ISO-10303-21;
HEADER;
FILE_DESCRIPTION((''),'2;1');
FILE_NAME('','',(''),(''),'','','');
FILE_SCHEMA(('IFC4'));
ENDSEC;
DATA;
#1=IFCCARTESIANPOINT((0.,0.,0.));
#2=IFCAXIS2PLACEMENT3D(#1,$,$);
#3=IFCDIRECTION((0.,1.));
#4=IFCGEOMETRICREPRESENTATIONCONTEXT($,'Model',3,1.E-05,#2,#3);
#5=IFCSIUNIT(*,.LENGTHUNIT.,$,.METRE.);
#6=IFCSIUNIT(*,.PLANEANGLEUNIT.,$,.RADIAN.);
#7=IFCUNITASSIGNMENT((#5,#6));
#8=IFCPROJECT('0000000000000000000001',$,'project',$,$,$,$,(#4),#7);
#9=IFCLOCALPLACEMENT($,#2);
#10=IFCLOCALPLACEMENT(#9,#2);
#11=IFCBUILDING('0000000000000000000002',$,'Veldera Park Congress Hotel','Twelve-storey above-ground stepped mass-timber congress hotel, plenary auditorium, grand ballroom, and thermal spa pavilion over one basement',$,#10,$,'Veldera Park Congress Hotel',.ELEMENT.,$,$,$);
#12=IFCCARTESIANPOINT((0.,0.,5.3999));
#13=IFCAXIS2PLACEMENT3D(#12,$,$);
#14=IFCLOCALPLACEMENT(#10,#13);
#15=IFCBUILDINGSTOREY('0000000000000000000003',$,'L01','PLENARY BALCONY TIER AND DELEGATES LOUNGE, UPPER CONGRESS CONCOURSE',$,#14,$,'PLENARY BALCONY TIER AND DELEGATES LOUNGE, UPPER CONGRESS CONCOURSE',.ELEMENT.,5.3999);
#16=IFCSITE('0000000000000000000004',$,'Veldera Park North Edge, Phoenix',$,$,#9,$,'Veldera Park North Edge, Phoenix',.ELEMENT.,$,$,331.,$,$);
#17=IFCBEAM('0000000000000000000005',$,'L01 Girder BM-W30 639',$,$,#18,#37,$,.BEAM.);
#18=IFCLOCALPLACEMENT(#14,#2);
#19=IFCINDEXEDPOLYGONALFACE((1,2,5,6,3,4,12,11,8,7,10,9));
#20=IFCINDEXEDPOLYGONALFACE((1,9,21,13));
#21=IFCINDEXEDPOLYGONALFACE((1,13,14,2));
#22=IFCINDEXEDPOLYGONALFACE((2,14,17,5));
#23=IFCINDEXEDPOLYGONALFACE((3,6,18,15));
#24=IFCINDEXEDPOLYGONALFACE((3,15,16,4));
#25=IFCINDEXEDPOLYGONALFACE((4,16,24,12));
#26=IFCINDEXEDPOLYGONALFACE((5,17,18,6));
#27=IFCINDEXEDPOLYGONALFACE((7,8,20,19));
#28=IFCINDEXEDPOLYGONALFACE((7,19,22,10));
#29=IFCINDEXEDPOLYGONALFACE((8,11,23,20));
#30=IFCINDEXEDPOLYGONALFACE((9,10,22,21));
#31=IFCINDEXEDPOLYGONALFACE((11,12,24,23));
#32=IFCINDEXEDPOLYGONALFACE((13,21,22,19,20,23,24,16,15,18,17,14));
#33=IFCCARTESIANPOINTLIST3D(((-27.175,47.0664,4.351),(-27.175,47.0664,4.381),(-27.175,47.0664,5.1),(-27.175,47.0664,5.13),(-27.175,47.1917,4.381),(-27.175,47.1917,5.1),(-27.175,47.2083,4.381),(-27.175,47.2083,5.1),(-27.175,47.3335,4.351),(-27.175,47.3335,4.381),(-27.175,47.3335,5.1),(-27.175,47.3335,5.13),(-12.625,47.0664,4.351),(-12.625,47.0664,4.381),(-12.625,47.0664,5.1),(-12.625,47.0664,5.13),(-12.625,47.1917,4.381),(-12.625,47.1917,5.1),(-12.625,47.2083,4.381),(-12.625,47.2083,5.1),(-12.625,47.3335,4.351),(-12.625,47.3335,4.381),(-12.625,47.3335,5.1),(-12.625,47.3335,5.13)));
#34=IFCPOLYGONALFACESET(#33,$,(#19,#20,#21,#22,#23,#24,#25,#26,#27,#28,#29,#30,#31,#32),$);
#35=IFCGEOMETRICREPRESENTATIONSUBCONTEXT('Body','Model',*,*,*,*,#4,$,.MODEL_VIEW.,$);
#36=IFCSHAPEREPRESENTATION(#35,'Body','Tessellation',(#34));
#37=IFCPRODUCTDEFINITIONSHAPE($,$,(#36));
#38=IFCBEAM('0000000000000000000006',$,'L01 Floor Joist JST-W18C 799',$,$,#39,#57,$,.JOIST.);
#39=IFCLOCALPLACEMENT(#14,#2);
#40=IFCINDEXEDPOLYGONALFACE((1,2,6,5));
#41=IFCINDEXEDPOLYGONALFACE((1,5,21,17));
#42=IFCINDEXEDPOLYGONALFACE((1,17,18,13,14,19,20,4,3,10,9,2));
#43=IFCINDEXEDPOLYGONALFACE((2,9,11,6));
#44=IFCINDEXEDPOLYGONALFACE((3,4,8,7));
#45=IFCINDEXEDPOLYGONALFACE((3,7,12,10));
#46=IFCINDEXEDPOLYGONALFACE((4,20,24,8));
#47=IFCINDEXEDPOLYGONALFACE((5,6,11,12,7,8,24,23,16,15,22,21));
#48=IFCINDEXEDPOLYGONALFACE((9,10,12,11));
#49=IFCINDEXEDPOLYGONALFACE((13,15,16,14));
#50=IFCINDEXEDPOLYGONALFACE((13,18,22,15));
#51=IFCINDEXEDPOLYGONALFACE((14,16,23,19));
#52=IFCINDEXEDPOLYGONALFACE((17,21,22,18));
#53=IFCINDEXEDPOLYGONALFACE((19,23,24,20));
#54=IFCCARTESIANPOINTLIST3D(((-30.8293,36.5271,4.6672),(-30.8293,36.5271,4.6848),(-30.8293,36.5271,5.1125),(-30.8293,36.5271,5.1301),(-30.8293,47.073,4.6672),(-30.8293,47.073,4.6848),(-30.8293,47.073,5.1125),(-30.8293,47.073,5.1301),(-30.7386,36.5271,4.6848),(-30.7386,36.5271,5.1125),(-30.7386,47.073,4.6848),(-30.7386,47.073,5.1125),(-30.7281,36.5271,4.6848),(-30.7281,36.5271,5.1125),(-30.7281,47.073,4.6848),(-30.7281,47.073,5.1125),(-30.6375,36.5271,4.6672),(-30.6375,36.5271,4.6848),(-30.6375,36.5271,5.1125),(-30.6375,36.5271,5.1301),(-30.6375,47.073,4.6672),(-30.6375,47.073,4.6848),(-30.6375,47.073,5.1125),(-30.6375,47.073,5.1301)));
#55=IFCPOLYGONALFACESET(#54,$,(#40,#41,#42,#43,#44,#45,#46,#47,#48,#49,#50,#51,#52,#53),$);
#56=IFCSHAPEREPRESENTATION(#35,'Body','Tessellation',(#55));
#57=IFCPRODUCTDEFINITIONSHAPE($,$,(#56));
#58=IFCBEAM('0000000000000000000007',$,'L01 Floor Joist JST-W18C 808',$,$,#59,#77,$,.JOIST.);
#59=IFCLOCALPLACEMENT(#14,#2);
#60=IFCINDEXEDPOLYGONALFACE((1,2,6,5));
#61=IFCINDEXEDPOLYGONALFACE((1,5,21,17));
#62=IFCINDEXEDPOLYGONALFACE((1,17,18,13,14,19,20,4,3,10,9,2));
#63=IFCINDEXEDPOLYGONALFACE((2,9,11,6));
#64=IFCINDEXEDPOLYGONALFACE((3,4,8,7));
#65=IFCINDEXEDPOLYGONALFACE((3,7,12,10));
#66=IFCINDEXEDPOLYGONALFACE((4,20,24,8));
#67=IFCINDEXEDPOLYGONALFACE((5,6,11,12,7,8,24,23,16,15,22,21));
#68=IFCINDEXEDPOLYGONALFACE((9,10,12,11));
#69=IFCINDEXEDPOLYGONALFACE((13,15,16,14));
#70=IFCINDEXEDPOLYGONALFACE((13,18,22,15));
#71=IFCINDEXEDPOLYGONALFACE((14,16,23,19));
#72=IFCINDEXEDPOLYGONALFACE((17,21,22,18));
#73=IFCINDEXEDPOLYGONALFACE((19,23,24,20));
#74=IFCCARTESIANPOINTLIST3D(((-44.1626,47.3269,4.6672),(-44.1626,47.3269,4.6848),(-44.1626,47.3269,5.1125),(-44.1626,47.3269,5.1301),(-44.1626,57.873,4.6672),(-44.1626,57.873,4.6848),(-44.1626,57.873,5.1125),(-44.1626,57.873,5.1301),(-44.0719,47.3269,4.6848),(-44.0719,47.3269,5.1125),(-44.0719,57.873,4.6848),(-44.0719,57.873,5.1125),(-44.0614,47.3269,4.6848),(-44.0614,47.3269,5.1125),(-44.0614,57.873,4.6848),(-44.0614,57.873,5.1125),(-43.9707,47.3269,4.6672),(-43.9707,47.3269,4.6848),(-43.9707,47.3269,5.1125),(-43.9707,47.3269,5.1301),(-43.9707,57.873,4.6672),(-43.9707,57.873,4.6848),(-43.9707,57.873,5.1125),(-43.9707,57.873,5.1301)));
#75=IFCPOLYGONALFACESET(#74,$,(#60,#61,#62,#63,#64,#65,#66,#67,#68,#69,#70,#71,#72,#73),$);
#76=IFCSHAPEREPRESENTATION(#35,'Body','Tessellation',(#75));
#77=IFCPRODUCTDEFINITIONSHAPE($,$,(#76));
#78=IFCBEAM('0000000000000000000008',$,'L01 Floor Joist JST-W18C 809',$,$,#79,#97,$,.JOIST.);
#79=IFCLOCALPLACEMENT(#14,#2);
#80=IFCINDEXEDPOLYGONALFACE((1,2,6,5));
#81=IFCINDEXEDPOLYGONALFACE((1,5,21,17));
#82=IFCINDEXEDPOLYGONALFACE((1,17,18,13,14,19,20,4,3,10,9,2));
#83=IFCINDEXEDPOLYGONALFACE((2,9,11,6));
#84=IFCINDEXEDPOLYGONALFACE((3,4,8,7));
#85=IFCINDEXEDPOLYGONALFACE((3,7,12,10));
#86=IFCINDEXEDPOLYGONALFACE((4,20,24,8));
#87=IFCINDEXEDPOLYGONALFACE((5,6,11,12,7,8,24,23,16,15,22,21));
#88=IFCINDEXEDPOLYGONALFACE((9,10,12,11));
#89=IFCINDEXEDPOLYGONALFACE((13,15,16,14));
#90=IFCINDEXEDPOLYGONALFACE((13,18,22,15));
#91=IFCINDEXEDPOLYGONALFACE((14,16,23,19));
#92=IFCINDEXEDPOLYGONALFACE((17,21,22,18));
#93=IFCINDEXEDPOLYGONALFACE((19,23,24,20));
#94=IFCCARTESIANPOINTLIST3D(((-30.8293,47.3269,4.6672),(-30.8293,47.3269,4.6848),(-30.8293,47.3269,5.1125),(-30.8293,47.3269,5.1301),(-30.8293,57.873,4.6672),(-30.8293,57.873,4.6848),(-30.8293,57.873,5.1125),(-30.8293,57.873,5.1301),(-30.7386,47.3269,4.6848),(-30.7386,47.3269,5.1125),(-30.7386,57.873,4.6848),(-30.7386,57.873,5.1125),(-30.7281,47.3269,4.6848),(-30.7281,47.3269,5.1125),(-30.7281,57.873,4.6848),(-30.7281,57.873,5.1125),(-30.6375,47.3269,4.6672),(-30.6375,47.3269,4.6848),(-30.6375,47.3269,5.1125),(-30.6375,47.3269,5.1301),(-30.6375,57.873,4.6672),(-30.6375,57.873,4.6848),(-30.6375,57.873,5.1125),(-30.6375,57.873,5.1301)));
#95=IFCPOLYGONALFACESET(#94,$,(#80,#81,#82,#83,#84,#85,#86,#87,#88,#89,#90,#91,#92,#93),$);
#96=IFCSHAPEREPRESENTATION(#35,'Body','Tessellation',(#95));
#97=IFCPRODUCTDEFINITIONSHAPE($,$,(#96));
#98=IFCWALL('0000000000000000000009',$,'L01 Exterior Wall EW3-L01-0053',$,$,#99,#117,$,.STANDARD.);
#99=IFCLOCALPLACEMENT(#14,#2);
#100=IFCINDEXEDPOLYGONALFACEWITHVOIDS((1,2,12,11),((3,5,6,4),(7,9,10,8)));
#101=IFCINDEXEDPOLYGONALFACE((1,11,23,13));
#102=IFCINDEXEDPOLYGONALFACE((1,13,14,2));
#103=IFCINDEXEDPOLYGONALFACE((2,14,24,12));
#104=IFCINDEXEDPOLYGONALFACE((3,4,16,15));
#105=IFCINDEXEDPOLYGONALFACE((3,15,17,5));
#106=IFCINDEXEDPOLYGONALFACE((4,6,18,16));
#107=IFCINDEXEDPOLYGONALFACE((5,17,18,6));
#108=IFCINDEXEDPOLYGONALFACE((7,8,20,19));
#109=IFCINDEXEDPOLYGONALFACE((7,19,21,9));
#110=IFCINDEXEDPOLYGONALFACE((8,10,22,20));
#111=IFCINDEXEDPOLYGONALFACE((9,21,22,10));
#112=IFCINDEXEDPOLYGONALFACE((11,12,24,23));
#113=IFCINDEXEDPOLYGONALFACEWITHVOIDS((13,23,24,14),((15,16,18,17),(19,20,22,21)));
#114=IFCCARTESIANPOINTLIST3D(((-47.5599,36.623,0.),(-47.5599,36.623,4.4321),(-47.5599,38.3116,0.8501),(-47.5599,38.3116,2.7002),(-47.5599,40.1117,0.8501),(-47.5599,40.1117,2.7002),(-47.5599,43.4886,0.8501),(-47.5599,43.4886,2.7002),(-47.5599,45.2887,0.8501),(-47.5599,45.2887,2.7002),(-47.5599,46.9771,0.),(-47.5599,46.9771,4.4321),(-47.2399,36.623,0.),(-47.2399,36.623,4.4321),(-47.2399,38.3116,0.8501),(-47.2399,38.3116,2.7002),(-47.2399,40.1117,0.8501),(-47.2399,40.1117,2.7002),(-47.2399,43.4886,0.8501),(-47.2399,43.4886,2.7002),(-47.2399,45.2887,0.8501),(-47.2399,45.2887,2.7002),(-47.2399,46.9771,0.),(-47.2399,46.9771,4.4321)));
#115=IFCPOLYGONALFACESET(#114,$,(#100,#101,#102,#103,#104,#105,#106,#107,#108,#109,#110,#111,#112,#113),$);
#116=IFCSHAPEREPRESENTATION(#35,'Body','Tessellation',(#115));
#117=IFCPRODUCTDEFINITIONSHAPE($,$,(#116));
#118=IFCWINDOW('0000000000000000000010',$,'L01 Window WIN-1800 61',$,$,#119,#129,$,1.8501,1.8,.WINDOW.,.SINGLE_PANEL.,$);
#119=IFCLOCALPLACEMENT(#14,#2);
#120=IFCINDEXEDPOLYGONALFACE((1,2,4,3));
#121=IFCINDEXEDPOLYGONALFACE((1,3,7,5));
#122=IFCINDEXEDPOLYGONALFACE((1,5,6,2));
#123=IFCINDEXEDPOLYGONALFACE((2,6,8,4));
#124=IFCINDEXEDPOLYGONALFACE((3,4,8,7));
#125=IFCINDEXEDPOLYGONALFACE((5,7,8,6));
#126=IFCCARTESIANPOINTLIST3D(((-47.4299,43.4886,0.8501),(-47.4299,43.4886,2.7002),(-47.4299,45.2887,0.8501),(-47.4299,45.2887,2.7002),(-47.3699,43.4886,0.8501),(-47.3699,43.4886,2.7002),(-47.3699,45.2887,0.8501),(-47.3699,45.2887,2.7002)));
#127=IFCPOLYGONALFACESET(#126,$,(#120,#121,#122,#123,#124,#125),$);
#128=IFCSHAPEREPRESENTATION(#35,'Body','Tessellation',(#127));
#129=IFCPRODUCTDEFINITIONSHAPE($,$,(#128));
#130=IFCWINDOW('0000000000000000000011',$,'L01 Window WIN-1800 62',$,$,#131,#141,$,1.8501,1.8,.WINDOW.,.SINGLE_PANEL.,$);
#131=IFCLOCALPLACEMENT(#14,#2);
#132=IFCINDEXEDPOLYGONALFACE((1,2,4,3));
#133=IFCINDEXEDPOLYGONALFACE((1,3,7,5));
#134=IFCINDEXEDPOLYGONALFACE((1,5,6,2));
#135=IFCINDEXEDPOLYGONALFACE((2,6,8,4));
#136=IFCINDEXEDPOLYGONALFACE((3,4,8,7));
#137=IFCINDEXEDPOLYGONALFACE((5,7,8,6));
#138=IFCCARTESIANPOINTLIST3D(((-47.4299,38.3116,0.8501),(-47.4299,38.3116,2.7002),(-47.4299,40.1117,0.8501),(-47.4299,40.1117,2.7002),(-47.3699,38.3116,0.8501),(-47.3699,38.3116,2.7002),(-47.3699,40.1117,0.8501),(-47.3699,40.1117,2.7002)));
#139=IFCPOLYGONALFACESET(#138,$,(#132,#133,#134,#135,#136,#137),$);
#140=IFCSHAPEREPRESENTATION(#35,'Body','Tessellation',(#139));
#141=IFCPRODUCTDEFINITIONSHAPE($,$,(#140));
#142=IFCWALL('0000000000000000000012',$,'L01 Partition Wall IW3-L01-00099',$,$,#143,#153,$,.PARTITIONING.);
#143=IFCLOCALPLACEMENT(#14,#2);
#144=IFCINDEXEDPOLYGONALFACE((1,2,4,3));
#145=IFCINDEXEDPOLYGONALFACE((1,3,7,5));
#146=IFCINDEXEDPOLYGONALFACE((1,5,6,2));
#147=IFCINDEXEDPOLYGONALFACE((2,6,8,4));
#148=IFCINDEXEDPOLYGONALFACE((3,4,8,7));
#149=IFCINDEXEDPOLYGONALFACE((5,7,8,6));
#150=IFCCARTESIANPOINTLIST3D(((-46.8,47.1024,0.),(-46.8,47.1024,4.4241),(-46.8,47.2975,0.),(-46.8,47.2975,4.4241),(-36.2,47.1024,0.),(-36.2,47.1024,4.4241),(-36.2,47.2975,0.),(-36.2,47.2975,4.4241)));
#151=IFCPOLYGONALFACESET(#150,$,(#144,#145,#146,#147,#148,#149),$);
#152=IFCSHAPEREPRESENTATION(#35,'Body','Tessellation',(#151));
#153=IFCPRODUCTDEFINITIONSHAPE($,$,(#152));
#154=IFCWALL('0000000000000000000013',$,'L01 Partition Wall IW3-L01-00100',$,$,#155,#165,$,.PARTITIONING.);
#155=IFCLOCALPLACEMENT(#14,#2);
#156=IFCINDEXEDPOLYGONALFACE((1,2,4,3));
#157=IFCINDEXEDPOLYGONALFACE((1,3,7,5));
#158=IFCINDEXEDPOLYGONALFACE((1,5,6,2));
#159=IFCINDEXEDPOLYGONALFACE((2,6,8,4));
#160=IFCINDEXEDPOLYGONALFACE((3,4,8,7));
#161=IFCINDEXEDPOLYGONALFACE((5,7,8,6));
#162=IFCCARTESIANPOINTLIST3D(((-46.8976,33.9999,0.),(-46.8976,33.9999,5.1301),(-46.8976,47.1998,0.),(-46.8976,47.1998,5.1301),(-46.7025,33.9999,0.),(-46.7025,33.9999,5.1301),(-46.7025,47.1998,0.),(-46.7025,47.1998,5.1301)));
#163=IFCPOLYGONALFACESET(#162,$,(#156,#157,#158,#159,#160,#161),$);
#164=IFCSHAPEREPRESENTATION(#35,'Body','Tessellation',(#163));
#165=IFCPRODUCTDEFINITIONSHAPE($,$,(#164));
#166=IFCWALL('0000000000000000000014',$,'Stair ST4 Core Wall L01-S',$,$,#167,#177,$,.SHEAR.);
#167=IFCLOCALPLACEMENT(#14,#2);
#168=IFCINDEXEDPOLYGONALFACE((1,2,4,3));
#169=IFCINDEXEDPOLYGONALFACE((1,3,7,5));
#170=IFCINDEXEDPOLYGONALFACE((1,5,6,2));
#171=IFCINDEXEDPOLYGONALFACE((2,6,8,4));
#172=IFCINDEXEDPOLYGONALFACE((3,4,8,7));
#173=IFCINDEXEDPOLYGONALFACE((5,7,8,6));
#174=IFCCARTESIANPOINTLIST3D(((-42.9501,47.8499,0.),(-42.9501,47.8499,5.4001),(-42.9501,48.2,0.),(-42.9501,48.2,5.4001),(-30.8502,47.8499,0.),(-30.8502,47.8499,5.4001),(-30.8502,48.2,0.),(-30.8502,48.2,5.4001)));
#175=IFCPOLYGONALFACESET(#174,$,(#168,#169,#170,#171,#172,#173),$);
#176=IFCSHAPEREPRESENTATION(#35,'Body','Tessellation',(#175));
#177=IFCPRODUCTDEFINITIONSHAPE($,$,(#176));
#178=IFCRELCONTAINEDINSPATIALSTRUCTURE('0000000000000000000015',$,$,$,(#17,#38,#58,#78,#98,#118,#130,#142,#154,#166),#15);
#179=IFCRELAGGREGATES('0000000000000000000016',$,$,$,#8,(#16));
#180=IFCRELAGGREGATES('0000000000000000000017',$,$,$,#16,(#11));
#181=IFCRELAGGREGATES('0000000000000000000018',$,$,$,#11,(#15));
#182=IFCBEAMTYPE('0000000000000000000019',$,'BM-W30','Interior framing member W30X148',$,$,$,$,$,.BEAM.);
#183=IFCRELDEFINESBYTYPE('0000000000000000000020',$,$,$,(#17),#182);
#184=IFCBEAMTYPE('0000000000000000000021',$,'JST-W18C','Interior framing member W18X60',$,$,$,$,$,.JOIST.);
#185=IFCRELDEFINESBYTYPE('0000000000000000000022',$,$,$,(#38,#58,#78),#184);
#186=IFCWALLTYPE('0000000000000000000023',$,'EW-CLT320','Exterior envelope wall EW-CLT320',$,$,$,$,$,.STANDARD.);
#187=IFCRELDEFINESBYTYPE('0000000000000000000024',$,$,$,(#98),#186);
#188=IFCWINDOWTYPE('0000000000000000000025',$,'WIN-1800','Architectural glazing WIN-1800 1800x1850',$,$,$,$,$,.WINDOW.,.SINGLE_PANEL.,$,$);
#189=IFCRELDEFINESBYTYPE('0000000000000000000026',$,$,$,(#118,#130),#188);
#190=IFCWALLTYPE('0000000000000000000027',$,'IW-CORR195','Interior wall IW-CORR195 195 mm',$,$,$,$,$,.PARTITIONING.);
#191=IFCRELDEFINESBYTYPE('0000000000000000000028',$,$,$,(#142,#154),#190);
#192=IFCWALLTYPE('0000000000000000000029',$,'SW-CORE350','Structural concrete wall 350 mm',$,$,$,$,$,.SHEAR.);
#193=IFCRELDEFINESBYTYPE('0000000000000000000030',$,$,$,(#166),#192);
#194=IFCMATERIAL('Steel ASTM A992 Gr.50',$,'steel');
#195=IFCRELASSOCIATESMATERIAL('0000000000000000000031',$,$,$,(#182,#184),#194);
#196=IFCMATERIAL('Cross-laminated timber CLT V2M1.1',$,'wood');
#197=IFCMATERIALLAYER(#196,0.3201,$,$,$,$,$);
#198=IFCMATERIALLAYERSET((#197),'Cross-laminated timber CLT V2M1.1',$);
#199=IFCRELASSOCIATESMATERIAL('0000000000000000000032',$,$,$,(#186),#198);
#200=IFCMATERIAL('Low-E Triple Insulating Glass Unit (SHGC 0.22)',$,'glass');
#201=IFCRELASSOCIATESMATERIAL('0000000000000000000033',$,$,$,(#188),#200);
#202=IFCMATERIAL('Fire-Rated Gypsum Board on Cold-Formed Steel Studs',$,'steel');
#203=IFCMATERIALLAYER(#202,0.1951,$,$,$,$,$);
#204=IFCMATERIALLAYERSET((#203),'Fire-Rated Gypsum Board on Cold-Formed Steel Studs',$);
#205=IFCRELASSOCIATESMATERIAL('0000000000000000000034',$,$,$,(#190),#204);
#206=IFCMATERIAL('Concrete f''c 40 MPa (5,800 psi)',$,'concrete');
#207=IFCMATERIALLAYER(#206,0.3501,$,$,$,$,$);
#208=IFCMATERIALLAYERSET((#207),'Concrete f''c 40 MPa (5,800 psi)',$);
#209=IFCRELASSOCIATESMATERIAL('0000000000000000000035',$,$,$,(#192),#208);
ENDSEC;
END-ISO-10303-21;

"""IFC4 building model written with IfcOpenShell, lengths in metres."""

from ifc_helpers import new_model, si_unit, direction, frame, frame_2d, origin, origin_2d, place, context, subcontext, project, spatial, rectangle, i_section, extrude, material, layer, layer_set, material_profile, profile_set, type_object, element, fill, save


model = new_model("IFC4")

# Units and contexts
model_context = context("Model", 3, precision=1e-05, world=origin(), true_north=direction((0.0, 1.0)))
body_context = subcontext(model_context, "Body", "Model", "MODEL_VIEW")
ifc_project = project(units=[si_unit("LENGTHUNIT", "METRE"), si_unit("PLANEANGLEUNIT", "RADIAN")], contexts=[model_context])

# Site, building, storey
site_placement = place(None, origin())
site = spatial("IfcSite", under=ifc_project, at=site_placement, Name="Veldera Park North Edge, Phoenix", LongName="Veldera Park North Edge, Phoenix", CompositionType="ELEMENT", RefElevation=331.0)
building_placement = place(site_placement, origin())
building = spatial("IfcBuilding", under=site, at=building_placement, Name="Veldera Park Congress Hotel", Description="Twelve-storey above-ground stepped mass-timber congress hotel, plenary auditorium, grand ballroom, and thermal spa pavilion over one basement", LongName="Veldera Park Congress Hotel", CompositionType="ELEMENT")
storey_placement = place(building_placement, frame((0.0, 0.0, 5.3999)))
storey = spatial("IfcBuildingStorey", under=building, at=storey_placement, Name="L01", Description="PLENARY BALCONY TIER AND DELEGATES LOUNGE, UPPER CONGRESS CONCOURSE", LongName="PLENARY BALCONY TIER AND DELEGATES LOUNGE, UPPER CONGRESS CONCOURSE", CompositionType="ELEMENT", Elevation=5.3999)

# Beams
ifc_material_1 = material(Name="Steel ASTM A992 Gr.50", Category="steel")
ifc_material_profile_1 = material_profile(ifc_material_1, i_section(OverallWidth=0.2671, OverallDepth=0.7791, WebThickness=0.0166, FlangeThickness=0.03, at=origin_2d()), Name="W30X148")
ifc_profile_set_1 = profile_set([ifc_material_profile_1], Name="Steel ASTM A992 Gr.50")
beam_type_1 = type_object("IfcBeamType", Name="BM-W30", Description="Interior framing member W30X148", PredefinedType="BEAM", material=ifc_profile_set_1)
beam_1_placement = place(storey_placement, frame((-27.175, 47.2, 4.7405), z_axis=(1.0, 0.0, 0.0), x_axis=(0.0, 1.0, 0.0)))
element("IfcBeam", 1, at=beam_1_placement, inside=storey, type_object=beam_type_1, Name="L01 Girder BM-W30 639", PredefinedType="BEAM", context=body_context, shape_type="SweptSolid", body=[
    extrude(i_section(OverallWidth=0.2671, OverallDepth=0.7791, WebThickness=0.0166, FlangeThickness=0.03, at=origin_2d()), origin(), (0.0, 0.0, 1.0), 14.55),
])
ifc_material_profile_2 = material_profile(ifc_material_1, i_section(OverallWidth=0.1919, OverallDepth=0.4629, WebThickness=0.0105, FlangeThickness=0.0176, at=origin_2d()), Name="W18X60")
ifc_profile_set_2 = profile_set([ifc_material_profile_2], Name="Steel ASTM A992 Gr.50")
beam_type_2 = type_object("IfcBeamType", Name="JST-W18C", Description="Interior framing member W18X60", PredefinedType="JOIST", material=ifc_profile_set_2)
beam_2_placement = place(storey_placement, frame((-30.7334, 36.5271, 4.8987), z_axis=(0.0, 1.0, 0.0), x_axis=(-1.0, 0.0, 0.0)))
element("IfcBeam", 2, at=beam_2_placement, inside=storey, type_object=beam_type_2, Name="L01 Floor Joist JST-W18C 799", PredefinedType="JOIST", context=body_context, shape_type="SweptSolid", body=[
    extrude(i_section(OverallWidth=0.1919, OverallDepth=0.4629, WebThickness=0.0105, FlangeThickness=0.0176, at=origin_2d()), origin(), (0.0, 0.0, 1.0), 10.5459),
])
for number, where, z_axis, x_axis, name in (
    (3, (-44.0667, 47.3269, 4.8987), (0.0, 1.0, 0.0), (-1.0, 0.0, 0.0), "L01 Floor Joist JST-W18C 808"),
    (4, (-30.7334, 47.3269, 4.8987), (0.0, 1.0, 0.0), (-1.0, 0.0, 0.0), "L01 Floor Joist JST-W18C 809"),
):
    element("IfcBeam", number, at=place(storey_placement, frame(where, z_axis=z_axis, x_axis=x_axis)), inside=storey, type_object=beam_type_2, Name=name, PredefinedType="JOIST", context=body_context, shape_type="SweptSolid", body=[
        extrude(i_section(OverallWidth=0.1919, OverallDepth=0.4629, WebThickness=0.0105, FlangeThickness=0.0176, at=origin_2d()), origin(), (0.0, 0.0, 1.0), 10.5461),
    ])

# Wall, openings, windows
ifc_material_2 = material(Name="Cross-laminated timber CLT V2M1.1", Category="wood")
ifc_layer_1 = layer(ifc_material_2, 0.3201)
ifc_layer_set_1 = layer_set([ifc_layer_1], Name="Cross-laminated timber CLT V2M1.1")
wall_type_1 = type_object("IfcWallType", Name="EW-CLT320", Description="Exterior envelope wall EW-CLT320", PredefinedType="STANDARD", material=ifc_layer_set_1)
wall_1_placement = place(storey_placement, frame((-47.3999, 46.9771, 0.0), z_axis=(0.0, 0.0, 1.0), x_axis=(0.0, -1.0, 0.0)))
wall_1 = element("IfcWall", 5, at=wall_1_placement, inside=storey, type_object=wall_type_1, Name="L01 Exterior Wall EW3-L01-0053", PredefinedType="STANDARD", context=body_context, shape_type="SweptSolid", body=[
    extrude(rectangle(XDim=10.354, YDim=0.3201, at=frame_2d((5.177, 0.0))), origin(), (0.0, 0.0, 1.0), 4.4321),
])
opening_1_placement = place(wall_1_placement, frame((1.6885, 0.0, 0.8501)))
opening_1 = element("IfcOpeningElement", 6, at=opening_1_placement, cuts=wall_1, PredefinedType="OPENING", context=body_context, shape_type="SweptSolid", body=[
    extrude(rectangle(XDim=1.8, YDim=1.8501, at=frame_2d((0.8999, 0.925))), frame((0.0, 0.1721, 0.0), z_axis=(0.0, -1.0, 0.0), x_axis=(1.0, 0.0, 0.0)), (0.0, 0.0, 1.0), 0.344),
])
opening_2_placement = place(wall_1_placement, frame((6.8655, 0.0, 0.8501)))
opening_2 = element("IfcOpeningElement", 7, at=opening_2_placement, cuts=wall_1, PredefinedType="OPENING", context=body_context, shape_type="SweptSolid", body=[
    extrude(rectangle(XDim=1.8, YDim=1.8501, at=frame_2d((0.8999, 0.925))), frame((0.0, 0.1721, 0.0), z_axis=(0.0, -1.0, 0.0), x_axis=(1.0, 0.0, 0.0)), (0.0, 0.0, 1.0), 0.344),
])
ifc_material_3 = material(Name="Low-E Triple Insulating Glass Unit (SHGC 0.22)", Category="glass")
window_type = type_object("IfcWindowType", Name="WIN-1800", Description="Architectural glazing WIN-1800 1800x1850", PartitioningType="SINGLE_PANEL", PredefinedType="WINDOW", material=ifc_material_3)
window_1_placement = place(opening_1_placement, origin())
window_1 = element("IfcWindow", 8, at=window_1_placement, inside=storey, type_object=window_type, Name="L01 Window WIN-1800 61", OverallHeight=1.8501, OverallWidth=1.8, PartitioningType="SINGLE_PANEL", PredefinedType="WINDOW", context=body_context, shape_type="SweptSolid", body=[
    extrude(rectangle(XDim=1.8, YDim=1.8501, at=frame_2d((0.8999, 0.925))), frame((0.0, 0.03, 0.0), z_axis=(0.0, -1.0, 0.0), x_axis=(1.0, 0.0, 0.0)), (0.0, 0.0, 1.0), 0.0601),
])
fill(opening_1, window_1)
window_2_placement = place(opening_2_placement, origin())
window_2 = element("IfcWindow", 9, at=window_2_placement, inside=storey, type_object=window_type, Name="L01 Window WIN-1800 62", OverallHeight=1.8501, OverallWidth=1.8, PartitioningType="SINGLE_PANEL", PredefinedType="WINDOW", context=body_context, shape_type="SweptSolid", body=[
    extrude(rectangle(XDim=1.8, YDim=1.8501, at=frame_2d((0.8999, 0.925))), frame((0.0, 0.03, 0.0), z_axis=(0.0, -1.0, 0.0), x_axis=(1.0, 0.0, 0.0)), (0.0, 0.0, 1.0), 0.0601),
])
fill(opening_2, window_2)

# Walls
ifc_material_4 = material(Name="Fire-Rated Gypsum Board on Cold-Formed Steel Studs", Category="steel")
ifc_layer_2 = layer(ifc_material_4, 0.1951)
ifc_layer_set_2 = layer_set([ifc_layer_2], Name="Fire-Rated Gypsum Board on Cold-Formed Steel Studs")
wall_type_2 = type_object("IfcWallType", Name="IW-CORR195", Description="Interior wall IW-CORR195 195 mm", PredefinedType="PARTITIONING", material=ifc_layer_set_2)
wall_2_placement = place(storey_placement, frame((-36.2, 47.2, 0.0), z_axis=(0.0, 0.0, 1.0), x_axis=(-1.0, 0.0, 0.0)))
element("IfcWall", 10, at=wall_2_placement, inside=storey, type_object=wall_type_2, Name="L01 Partition Wall IW3-L01-00099", PredefinedType="PARTITIONING", context=body_context, shape_type="SweptSolid", body=[
    extrude(rectangle(XDim=10.6001, YDim=0.1951, at=frame_2d((5.3, 0.0))), origin(), (0.0, 0.0, 1.0), 4.4241),
])
wall_3_placement = place(storey_placement, frame((-46.8, 47.2, 0.0), z_axis=(0.0, 0.0, 1.0), x_axis=(0.0, -1.0, 0.0)))
element("IfcWall", 11, at=wall_3_placement, inside=storey, type_object=wall_type_2, Name="L01 Partition Wall IW3-L01-00100", PredefinedType="PARTITIONING", context=body_context, shape_type="SweptSolid", body=[
    extrude(rectangle(XDim=13.2, YDim=0.1951, at=frame_2d((6.6001, 0.0))), origin(), (0.0, 0.0, 1.0), 5.1301),
])
ifc_material_5 = material(Name="Concrete f'c 40 MPa (5,800 psi)", Category="concrete")
ifc_layer_3 = layer(ifc_material_5, 0.3501)
ifc_layer_set_3 = layer_set([ifc_layer_3], Name="Concrete f'c 40 MPa (5,800 psi)")
wall_type_3 = type_object("IfcWallType", Name="SW-CORE350", Description="Structural concrete wall 350 mm", PredefinedType="SHEAR", material=ifc_layer_set_3)
wall_4_placement = place(storey_placement, frame((-42.95, 48.0249, 0.0), z_axis=(0.0, 0.0, 1.0), x_axis=(1.0, 0.0, 0.0)))
element("IfcWall", 12, at=wall_4_placement, inside=storey, type_object=wall_type_3, Name="Stair ST4 Core Wall L01-S", PredefinedType="SHEAR", context=body_context, shape_type="SweptSolid", body=[
    extrude(rectangle(XDim=12.0999, YDim=0.3501, at=frame_2d((6.0498, 0.0))), origin(), (0.0, 0.0, 1.0), 5.4001),
])

save(model, "model.ifc")
